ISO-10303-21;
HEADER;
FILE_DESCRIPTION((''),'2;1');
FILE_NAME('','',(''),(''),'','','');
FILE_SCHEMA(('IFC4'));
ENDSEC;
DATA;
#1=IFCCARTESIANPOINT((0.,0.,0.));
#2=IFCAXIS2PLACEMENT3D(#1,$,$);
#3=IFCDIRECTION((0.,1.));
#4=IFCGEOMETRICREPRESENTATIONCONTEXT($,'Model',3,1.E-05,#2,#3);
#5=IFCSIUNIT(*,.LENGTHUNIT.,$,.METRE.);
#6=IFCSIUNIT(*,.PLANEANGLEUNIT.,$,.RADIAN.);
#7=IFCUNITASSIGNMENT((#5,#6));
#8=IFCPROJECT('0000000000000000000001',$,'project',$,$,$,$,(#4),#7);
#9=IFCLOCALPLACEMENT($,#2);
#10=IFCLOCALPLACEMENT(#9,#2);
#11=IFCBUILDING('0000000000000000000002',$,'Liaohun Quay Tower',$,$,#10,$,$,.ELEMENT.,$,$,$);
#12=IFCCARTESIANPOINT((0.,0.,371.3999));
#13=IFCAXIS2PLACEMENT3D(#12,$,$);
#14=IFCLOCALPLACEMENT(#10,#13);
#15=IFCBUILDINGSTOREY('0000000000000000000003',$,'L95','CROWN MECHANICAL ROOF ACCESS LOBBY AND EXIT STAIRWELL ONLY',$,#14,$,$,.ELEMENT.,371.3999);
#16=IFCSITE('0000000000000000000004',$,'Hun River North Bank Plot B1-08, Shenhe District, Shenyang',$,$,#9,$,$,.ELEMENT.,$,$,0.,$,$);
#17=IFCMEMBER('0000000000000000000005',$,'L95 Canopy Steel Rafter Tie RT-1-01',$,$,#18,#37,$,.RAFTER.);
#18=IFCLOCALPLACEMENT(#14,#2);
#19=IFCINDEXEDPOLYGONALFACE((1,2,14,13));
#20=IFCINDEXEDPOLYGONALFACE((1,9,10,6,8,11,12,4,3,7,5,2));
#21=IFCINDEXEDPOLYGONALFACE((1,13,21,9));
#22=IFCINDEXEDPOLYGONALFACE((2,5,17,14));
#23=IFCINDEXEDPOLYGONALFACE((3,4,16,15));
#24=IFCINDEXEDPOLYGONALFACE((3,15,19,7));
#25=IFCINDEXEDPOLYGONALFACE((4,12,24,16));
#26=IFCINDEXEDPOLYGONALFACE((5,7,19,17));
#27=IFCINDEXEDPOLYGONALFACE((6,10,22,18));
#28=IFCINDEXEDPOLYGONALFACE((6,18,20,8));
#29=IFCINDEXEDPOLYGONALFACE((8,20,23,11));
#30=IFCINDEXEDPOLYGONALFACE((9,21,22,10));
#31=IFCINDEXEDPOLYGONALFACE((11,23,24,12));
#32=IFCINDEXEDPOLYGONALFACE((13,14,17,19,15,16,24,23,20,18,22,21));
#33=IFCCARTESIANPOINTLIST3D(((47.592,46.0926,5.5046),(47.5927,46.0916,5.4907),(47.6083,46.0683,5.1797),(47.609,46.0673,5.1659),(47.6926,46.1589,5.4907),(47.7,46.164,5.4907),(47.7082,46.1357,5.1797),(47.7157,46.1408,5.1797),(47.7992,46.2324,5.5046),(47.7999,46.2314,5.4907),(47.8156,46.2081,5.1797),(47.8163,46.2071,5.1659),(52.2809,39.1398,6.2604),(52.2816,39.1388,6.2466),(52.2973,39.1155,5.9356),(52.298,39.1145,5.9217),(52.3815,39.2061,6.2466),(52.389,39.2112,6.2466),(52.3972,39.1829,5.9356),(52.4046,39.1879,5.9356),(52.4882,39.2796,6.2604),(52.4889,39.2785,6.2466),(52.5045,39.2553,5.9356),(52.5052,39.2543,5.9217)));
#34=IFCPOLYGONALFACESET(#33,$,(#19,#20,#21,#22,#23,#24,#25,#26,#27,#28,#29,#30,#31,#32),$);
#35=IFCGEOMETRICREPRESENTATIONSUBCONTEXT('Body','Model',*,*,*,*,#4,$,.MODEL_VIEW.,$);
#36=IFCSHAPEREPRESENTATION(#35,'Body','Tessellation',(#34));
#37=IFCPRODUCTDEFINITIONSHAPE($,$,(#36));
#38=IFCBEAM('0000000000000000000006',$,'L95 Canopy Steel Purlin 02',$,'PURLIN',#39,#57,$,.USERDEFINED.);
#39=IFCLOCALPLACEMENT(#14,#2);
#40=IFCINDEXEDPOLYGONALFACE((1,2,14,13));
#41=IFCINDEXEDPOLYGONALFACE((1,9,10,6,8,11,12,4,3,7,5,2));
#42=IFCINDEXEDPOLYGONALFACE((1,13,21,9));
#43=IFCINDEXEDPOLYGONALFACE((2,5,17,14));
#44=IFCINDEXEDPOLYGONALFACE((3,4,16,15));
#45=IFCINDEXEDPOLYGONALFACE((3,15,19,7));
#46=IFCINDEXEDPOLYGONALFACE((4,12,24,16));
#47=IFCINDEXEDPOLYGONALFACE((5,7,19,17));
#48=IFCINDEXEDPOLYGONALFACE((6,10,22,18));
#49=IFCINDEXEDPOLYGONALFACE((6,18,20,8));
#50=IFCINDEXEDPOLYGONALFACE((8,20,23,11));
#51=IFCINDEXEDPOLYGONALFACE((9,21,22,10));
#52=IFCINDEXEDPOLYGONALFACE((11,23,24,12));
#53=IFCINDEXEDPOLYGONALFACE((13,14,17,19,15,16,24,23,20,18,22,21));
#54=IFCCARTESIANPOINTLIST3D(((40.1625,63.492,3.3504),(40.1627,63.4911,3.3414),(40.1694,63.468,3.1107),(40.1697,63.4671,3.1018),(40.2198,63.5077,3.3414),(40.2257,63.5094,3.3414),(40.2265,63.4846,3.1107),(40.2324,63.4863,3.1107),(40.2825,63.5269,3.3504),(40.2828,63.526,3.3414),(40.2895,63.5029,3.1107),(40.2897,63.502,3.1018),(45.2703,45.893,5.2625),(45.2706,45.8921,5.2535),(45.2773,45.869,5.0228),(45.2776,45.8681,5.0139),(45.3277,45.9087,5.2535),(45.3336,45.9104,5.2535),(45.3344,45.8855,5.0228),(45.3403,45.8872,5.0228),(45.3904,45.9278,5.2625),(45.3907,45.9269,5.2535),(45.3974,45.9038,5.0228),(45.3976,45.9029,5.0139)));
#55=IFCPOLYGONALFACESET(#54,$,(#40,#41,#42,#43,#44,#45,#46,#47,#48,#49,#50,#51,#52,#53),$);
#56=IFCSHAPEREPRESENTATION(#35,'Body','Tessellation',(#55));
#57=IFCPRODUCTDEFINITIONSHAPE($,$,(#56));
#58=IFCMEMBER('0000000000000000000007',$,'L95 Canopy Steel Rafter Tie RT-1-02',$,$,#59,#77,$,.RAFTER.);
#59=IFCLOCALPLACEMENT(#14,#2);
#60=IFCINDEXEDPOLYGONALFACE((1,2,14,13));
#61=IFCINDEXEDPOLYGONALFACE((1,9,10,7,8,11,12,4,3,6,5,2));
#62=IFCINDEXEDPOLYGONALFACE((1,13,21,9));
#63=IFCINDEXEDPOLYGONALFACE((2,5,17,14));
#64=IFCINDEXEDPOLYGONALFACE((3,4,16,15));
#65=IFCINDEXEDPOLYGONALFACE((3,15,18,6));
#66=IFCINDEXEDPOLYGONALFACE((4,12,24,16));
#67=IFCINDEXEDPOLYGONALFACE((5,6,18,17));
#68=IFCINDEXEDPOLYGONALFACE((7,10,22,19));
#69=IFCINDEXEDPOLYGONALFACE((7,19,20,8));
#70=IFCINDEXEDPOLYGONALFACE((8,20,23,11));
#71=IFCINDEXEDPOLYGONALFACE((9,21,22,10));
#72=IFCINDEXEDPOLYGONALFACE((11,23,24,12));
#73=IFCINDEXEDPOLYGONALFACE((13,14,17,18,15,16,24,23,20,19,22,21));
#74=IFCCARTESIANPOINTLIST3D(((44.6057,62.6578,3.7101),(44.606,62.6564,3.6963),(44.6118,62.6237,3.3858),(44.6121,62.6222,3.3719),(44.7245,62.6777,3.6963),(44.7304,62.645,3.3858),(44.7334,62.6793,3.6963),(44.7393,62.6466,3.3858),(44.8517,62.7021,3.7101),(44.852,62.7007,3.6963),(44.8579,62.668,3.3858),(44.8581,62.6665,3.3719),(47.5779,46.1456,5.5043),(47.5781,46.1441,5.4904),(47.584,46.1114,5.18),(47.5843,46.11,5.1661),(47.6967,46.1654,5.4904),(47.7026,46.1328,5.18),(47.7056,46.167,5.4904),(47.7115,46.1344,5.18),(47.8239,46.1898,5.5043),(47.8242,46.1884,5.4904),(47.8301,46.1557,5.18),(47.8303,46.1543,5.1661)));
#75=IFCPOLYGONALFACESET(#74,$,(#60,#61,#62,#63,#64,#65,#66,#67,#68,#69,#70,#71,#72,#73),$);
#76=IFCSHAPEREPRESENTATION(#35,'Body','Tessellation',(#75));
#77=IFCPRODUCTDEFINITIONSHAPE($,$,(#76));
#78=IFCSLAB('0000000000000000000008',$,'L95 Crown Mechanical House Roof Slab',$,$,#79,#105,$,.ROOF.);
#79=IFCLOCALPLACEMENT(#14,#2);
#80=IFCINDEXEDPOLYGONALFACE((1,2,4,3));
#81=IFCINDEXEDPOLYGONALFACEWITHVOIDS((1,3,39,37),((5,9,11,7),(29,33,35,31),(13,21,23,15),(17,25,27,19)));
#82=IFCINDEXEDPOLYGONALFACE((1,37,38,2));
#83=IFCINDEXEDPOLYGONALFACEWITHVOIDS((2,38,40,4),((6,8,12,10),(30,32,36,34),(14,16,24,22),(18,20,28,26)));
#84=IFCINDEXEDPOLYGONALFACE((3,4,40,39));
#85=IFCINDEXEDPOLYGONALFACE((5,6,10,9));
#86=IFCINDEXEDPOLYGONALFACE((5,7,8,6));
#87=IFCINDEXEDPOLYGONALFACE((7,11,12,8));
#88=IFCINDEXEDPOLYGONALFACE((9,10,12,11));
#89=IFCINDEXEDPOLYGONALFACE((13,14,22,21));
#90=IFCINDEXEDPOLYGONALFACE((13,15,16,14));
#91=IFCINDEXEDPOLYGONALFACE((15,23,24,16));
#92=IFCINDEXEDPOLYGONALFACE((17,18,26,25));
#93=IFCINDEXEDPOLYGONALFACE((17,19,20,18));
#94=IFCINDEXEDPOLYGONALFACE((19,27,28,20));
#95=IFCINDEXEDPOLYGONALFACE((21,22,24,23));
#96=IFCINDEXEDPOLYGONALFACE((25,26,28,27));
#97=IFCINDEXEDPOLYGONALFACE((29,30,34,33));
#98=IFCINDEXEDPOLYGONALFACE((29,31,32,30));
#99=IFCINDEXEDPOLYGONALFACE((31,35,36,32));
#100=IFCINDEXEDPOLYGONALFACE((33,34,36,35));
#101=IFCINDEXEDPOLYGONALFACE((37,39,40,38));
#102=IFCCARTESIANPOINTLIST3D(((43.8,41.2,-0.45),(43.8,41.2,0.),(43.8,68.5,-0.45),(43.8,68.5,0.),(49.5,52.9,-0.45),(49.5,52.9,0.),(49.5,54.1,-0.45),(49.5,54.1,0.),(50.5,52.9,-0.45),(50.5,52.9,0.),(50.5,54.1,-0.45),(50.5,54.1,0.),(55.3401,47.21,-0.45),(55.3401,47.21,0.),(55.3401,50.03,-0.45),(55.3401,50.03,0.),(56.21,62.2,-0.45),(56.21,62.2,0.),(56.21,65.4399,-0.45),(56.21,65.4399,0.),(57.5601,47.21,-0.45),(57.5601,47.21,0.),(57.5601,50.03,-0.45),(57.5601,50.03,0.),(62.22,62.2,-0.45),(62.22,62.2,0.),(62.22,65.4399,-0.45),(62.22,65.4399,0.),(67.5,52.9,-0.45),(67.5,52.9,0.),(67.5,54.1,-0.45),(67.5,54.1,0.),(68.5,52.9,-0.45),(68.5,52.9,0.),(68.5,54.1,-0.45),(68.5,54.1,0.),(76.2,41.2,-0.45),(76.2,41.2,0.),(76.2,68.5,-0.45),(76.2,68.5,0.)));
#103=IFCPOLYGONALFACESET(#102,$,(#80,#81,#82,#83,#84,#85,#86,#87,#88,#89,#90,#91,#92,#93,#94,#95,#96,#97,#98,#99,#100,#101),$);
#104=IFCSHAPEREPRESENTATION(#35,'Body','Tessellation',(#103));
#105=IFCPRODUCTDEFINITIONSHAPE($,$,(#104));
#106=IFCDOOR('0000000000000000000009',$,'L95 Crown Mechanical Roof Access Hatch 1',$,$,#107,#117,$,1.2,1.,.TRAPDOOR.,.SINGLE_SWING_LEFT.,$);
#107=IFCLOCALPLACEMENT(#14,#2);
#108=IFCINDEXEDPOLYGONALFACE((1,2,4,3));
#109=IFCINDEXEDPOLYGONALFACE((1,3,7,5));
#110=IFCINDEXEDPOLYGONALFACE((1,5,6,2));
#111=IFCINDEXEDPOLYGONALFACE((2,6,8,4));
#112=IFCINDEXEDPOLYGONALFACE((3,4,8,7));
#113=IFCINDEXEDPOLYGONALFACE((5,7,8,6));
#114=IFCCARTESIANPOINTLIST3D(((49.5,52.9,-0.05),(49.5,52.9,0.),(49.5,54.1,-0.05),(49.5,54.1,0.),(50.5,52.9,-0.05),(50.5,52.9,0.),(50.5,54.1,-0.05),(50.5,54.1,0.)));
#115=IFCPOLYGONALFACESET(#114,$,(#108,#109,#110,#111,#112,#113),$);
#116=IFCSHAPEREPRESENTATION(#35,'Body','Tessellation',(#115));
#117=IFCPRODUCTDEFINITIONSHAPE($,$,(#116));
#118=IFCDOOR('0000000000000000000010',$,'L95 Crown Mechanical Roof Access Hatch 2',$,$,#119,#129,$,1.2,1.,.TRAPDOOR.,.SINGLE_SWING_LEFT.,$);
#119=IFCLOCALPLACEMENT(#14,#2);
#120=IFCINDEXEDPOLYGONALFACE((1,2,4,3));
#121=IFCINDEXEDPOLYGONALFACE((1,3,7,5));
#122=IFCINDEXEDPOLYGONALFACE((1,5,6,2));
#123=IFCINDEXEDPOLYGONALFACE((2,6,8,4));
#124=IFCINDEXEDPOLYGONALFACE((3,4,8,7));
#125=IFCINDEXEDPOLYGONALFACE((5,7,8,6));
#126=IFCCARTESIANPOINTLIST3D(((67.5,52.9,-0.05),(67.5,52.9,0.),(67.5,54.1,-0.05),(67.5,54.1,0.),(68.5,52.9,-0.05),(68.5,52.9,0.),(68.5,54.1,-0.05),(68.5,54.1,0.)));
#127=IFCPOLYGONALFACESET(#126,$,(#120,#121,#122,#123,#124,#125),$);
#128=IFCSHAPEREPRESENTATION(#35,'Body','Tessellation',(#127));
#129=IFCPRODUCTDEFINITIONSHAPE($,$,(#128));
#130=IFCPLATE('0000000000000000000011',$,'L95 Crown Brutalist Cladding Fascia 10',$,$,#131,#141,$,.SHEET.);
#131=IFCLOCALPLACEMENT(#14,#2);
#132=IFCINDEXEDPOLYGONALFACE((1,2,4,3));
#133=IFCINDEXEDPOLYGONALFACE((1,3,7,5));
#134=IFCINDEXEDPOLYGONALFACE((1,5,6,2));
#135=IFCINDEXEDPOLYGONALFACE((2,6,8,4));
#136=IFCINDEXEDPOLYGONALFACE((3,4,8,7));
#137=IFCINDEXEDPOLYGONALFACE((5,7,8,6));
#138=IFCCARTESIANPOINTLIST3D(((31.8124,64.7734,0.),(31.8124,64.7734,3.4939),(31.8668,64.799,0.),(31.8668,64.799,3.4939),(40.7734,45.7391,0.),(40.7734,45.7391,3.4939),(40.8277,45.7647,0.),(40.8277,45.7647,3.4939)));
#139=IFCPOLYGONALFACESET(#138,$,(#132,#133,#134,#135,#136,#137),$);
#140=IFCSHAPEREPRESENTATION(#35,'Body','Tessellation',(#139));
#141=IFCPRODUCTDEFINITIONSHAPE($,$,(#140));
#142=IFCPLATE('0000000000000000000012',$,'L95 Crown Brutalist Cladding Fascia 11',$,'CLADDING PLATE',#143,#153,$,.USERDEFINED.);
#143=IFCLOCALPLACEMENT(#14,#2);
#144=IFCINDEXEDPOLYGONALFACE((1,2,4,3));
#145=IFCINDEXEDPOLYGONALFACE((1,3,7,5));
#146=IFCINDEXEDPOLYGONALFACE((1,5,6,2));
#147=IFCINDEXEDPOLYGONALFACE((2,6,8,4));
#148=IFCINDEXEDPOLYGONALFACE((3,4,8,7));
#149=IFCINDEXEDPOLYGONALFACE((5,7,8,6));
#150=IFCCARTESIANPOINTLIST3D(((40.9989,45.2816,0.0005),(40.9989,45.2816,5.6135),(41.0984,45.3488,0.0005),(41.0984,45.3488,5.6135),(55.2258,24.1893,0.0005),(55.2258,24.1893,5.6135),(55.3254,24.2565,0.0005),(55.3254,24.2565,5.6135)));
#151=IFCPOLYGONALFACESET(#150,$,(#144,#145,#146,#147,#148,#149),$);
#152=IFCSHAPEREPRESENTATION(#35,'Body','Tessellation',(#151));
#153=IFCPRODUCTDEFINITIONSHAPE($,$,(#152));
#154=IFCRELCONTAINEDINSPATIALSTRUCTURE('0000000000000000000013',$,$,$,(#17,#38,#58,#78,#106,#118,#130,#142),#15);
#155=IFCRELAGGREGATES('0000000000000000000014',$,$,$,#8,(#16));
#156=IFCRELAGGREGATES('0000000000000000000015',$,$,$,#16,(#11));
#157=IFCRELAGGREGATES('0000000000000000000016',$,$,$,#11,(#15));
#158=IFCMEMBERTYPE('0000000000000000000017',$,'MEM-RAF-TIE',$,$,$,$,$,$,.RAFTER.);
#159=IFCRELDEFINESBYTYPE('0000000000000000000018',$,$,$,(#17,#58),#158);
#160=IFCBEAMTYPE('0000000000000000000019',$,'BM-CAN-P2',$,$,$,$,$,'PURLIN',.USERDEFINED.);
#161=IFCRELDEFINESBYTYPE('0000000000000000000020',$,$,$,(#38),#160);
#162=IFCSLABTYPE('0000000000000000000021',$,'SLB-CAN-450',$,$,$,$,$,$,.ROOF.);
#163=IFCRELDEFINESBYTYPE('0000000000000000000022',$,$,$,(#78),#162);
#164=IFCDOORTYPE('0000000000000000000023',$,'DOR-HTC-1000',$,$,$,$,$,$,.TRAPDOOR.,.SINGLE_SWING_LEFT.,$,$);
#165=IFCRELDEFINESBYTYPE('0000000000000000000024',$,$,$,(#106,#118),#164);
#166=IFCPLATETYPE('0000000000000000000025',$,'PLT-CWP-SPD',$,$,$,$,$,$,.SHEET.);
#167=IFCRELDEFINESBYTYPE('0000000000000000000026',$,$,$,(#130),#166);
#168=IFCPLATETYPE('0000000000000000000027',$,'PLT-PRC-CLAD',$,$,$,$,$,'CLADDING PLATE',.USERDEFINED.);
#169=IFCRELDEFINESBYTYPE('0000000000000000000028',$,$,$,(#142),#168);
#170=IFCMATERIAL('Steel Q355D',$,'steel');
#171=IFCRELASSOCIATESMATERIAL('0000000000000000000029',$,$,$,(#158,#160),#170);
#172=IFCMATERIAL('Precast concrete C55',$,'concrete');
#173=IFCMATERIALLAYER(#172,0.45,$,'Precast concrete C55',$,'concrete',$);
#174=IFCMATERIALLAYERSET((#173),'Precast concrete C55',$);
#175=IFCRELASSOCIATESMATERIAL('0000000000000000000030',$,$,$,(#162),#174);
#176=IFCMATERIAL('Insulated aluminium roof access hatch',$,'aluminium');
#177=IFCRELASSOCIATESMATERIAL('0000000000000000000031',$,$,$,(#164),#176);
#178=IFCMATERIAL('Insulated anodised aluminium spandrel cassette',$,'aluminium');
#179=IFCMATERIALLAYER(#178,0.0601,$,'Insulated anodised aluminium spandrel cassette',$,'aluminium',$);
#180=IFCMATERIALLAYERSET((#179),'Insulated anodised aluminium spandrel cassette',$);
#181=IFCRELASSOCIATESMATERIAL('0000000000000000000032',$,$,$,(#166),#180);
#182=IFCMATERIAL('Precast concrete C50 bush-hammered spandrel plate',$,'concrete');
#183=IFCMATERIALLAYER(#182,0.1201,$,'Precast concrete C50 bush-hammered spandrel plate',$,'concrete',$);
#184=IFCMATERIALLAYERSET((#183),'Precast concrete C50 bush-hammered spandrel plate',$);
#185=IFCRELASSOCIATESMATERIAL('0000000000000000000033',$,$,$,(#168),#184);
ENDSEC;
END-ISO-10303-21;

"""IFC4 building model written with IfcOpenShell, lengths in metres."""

from ifc_helpers import new_model, si_unit, direction, frame, origin, origin_2d, place, context, subcontext, project, spatial, polyline, rectangle, i_section, outline, extrude, source, transform, mapped, material, layer, layer_set, material_profile, profile_set, type_object, element, fill, save


model = new_model("IFC4")

# Units and contexts
model_context = context("Model", 3, precision=1e-05, world=origin(), true_north=direction((0.0, 1.0)))
body_context = subcontext(model_context, "Body", "Model", "MODEL_VIEW")
ifc_project = project(units=[si_unit("LENGTHUNIT", "METRE"), si_unit("PLANEANGLEUNIT", "RADIAN")], contexts=[model_context])

# Site, building, storey
site_placement = place(None, origin())
site = spatial("IfcSite", under=ifc_project, at=site_placement, Name="Hun River North Bank Plot B1-08, Shenhe District, Shenyang", CompositionType="ELEMENT", RefElevation=0.0)
building_placement = place(site_placement, origin())
building = spatial("IfcBuilding", under=site, at=building_placement, Name="Liaohun Quay Tower", CompositionType="ELEMENT")
storey_placement = place(building_placement, frame((0.0, 0.0, 371.3999)))
storey = spatial("IfcBuildingStorey", under=building, at=storey_placement, Name="L95", Description="CROWN MECHANICAL ROOF ACCESS LOBBY AND EXIT STAIRWELL ONLY", CompositionType="ELEMENT", Elevation=371.3999)

# Shared definitions
ifc_material_1 = material(Name="Steel Q355D", Category="steel")

# Member
ifc_material_profile_1 = material_profile(ifc_material_1, i_section(OverallWidth=0.25, OverallDepth=0.3401, WebThickness=0.009, FlangeThickness=0.0139, at=origin_2d()), Name="HM340x250x9x14")
ifc_profile_set_1 = profile_set([ifc_material_profile_1], Name="Steel Q355D")
member_type_1 = type_object("IfcMemberType", Name="MEM-RAF-TIE", PredefinedType="RAFTER", material=ifc_profile_set_1)
shared_shape_1 = source(origin(), body_context, "Body", "SweptSolid", [
    extrude(i_section(OverallWidth=0.25, OverallDepth=0.3401, WebThickness=0.009, FlangeThickness=0.0139, at=origin_2d()), origin(), (0.0, 0.0, 1.0), 8.4202),
])
member_1_placement = place(storey_placement, frame((52.3931, 39.197, 6.0911), z_axis=(-0.556869, 0.825735, -0.089767), x_axis=(-0.829082, -0.559126, 0.0)))
element("IfcMember", 1, at=member_1_placement, inside=storey, type_object=member_type_1, Name="L95 Canopy Steel Rafter Tie RT-1-01", PredefinedType="RAFTER", context=body_context, shape_type="MappedRepresentation", body=[
    mapped(shared_shape_1, transform((0.0, 0.0, 0.0), x_axis=(1.0, 0.0, 0.0), y_axis=(0.0, 1.0, 0.0), z_axis=(0.0, 0.0, 1.0), scale=1.0)),
])

# Beam
ifc_material_profile_2 = material_profile(ifc_material_1, i_section(OverallWidth=0.125, OverallDepth=0.25, WebThickness=0.0061, FlangeThickness=0.009, at=origin_2d()), Name="HN250x125x6x9")
ifc_profile_set_2 = profile_set([ifc_material_profile_2], Name="Steel Q355D")
beam_type_1 = type_object("IfcBeamType", Name="BM-CAN-P2", ElementType="PURLIN", PredefinedType="USERDEFINED", material=ifc_profile_set_2)
shared_shape_2 = source(origin(), body_context, "Body", "SweptSolid", [
    extrude(i_section(OverallWidth=0.125, OverallDepth=0.25, WebThickness=0.0061, FlangeThickness=0.009, at=origin_2d()), origin(), (0.0, 0.0, 1.0), 18.4248),
])
beam_1_placement = place(storey_placement, frame((45.334, 45.8979, 5.1382), z_axis=(-0.277229, 0.955183, -0.103779), x_axis=(-0.960368, -0.278734, 0.0)))
element("IfcBeam", 2, at=beam_1_placement, inside=storey, type_object=beam_type_1, Name="L95 Canopy Steel Purlin 02", ObjectType="PURLIN", PredefinedType="USERDEFINED", context=body_context, shape_type="MappedRepresentation", body=[
    mapped(shared_shape_2, transform((0.0, 0.0, 0.0), x_axis=(1.0, 0.0, 0.0), y_axis=(0.0, 1.0, 0.0), z_axis=(0.0, 0.0, 1.0), scale=1.0)),
])

# Member
shared_shape_3 = source(origin(), body_context, "Body", "SweptSolid", [
    extrude(i_section(OverallWidth=0.25, OverallDepth=0.3401, WebThickness=0.009, FlangeThickness=0.0139, at=origin_2d()), origin(), (0.0, 0.0, 1.0), 16.8733),
])
member_2_placement = place(storey_placement, frame((47.7041, 46.1499, 5.3352), z_axis=(-0.176147, 0.978604, -0.106333), x_axis=(-0.984184, -0.177151, 0.0)))
element("IfcMember", 3, at=member_2_placement, inside=storey, type_object=member_type_1, Name="L95 Canopy Steel Rafter Tie RT-1-02", PredefinedType="RAFTER", context=body_context, shape_type="MappedRepresentation", body=[
    mapped(shared_shape_3, transform((0.0, 0.0, 0.0), x_axis=(1.0, 0.0, 0.0), y_axis=(0.0, 1.0, 0.0), z_axis=(0.0, 0.0, 1.0), scale=1.0)),
])

# Slab, openings, doors
ifc_material_2 = material(Name="Precast concrete C55", Category="concrete")
ifc_layer_1 = layer(ifc_material_2, 0.45, Name="Precast concrete C55", Category="concrete")
ifc_layer_set_1 = layer_set([ifc_layer_1], Name="Precast concrete C55")
slab_type = type_object("IfcSlabType", Name="SLB-CAN-450", PredefinedType="ROOF", material=ifc_layer_set_1)
slab_1_placement = place(storey_placement, frame((0.0, 0.0, -0.45)))
slab_1 = element("IfcSlab", 4, at=slab_1_placement, inside=storey, type_object=slab_type, Name="L95 Crown Mechanical House Roof Slab", PredefinedType="ROOF", context=body_context, shape_type="SweptSolid", body=[
    extrude(outline(polyline([(43.8, 41.2), (76.2, 41.2), (76.2, 68.5), (43.8, 68.5), (43.8, 41.2)]), holes=[polyline([(55.3401, 47.21), (57.5601, 47.21), (57.5601, 50.03), (55.3401, 50.03), (55.3401, 47.21)]), polyline([(56.21, 62.2), (62.22, 62.2), (62.22, 65.4399), (56.21, 65.4399), (56.21, 62.2)])]), origin(), (0.0, 0.0, 1.0), 0.45),
])
opening_1_placement = place(slab_1_placement, frame((50.0, 53.5, 0.0)))
opening_1 = element("IfcOpeningElement", 5, at=opening_1_placement, cuts=slab_1, PredefinedType="OPENING", context=body_context, shape_type="SweptSolid", body=[
    extrude(rectangle(XDim=1.0, YDim=1.2, at=origin_2d()), origin(), (0.0, 0.0, 1.0), 0.45),
])
opening_2_placement = place(slab_1_placement, frame((68.0, 53.5, 0.0)))
opening_2 = element("IfcOpeningElement", 6, at=opening_2_placement, cuts=slab_1, PredefinedType="OPENING", context=body_context, shape_type="SweptSolid", body=[
    extrude(rectangle(XDim=1.0, YDim=1.2, at=origin_2d()), origin(), (0.0, 0.0, 1.0), 0.45),
])
ifc_material_3 = material(Name="Insulated aluminium roof access hatch", Category="aluminium")
door_type_1 = type_object("IfcDoorType", Name="DOR-HTC-1000", OperationType="SINGLE_SWING_LEFT", PredefinedType="TRAPDOOR", material=ifc_material_3)
door_1_placement = place(opening_1_placement, frame((0.0, 0.0, 0.3999)))
door_1 = element("IfcDoor", 7, at=door_1_placement, inside=storey, type_object=door_type_1, Name="L95 Crown Mechanical Roof Access Hatch 1", OperationType="SINGLE_SWING_LEFT", OverallHeight=1.2, OverallWidth=1.0, PredefinedType="TRAPDOOR", context=body_context, shape_type="SweptSolid", body=[
    extrude(rectangle(XDim=1.0, YDim=1.2, at=origin_2d()), origin(), (0.0, 0.0, 1.0), 0.05),
])
fill(opening_1, door_1)
door_2_placement = place(opening_2_placement, frame((0.0, 0.0, 0.3999)))
door_2 = element("IfcDoor", 8, at=door_2_placement, inside=storey, type_object=door_type_1, Name="L95 Crown Mechanical Roof Access Hatch 2", OperationType="SINGLE_SWING_LEFT", OverallHeight=1.2, OverallWidth=1.0, PredefinedType="TRAPDOOR", context=body_context, shape_type="SweptSolid", body=[
    extrude(rectangle(XDim=1.0, YDim=1.2, at=origin_2d()), origin(), (0.0, 0.0, 1.0), 0.05),
])
fill(opening_2, door_2)

# Plates
ifc_material_4 = material(Name="Insulated anodised aluminium spandrel cassette", Category="aluminium")
ifc_layer_2 = layer(ifc_material_4, 0.0601, Name="Insulated anodised aluminium spandrel cassette", Category="aluminium")
ifc_layer_set_2 = layer_set([ifc_layer_2], Name="Insulated anodised aluminium spandrel cassette")
plate_type_1 = type_object("IfcPlateType", Name="PLT-CWP-SPD", PredefinedType="SHEET", material=ifc_layer_set_2)
shared_shape_4 = source(origin(), body_context, "Body", "SweptSolid", [
    extrude(rectangle(XDim=21.0381, YDim=0.0601, at=origin_2d()), origin(), (0.0, 0.0, 1.0), 3.4939),
])
plate_1_placement = place(storey_placement, frame((36.3201, 55.269, 0.0), z_axis=(0.0, 0.0, 1.0), x_axis=(0.425937, -0.904753, 0.0)))
element("IfcPlate", 9, at=plate_1_placement, inside=storey, type_object=plate_type_1, Name="L95 Crown Brutalist Cladding Fascia 10", PredefinedType="SHEET", context=body_context, shape_type="MappedRepresentation", body=[
    mapped(shared_shape_4, transform((0.0, 0.0, 0.0), x_axis=(1.0, 0.0, 0.0), y_axis=(0.0, 1.0, 0.0), z_axis=(0.0, 0.0, 1.0), scale=1.0)),
])
ifc_material_5 = material(Name="Precast concrete C50 bush-hammered spandrel plate", Category="concrete")
ifc_layer_3 = layer(ifc_material_5, 0.1201, Name="Precast concrete C50 bush-hammered spandrel plate", Category="concrete")
ifc_layer_set_3 = layer_set([ifc_layer_3], Name="Precast concrete C50 bush-hammered spandrel plate")
plate_type_2 = type_object("IfcPlateType", Name="PLT-PRC-CLAD", ElementType="CLADDING PLATE", PredefinedType="USERDEFINED", material=ifc_layer_set_3)
shared_shape_5 = source(origin(), body_context, "Body", "SweptSolid", [
    extrude(rectangle(XDim=25.4419, YDim=0.1201, at=origin_2d()), origin(), (0.0, 0.0, 1.0), 5.613),
])
plate_2_placement = place(storey_placement, frame((48.1621, 34.769, 0.0005), z_axis=(0.0, 0.0, 1.0), x_axis=(0.559193, -0.829038, 0.0)))
element("IfcPlate", 10, at=plate_2_placement, inside=storey, type_object=plate_type_2, Name="L95 Crown Brutalist Cladding Fascia 11", ObjectType="CLADDING PLATE", PredefinedType="USERDEFINED", context=body_context, shape_type="MappedRepresentation", body=[
    mapped(shared_shape_5, transform((0.0, 0.0, 0.0), x_axis=(1.0, 0.0, 0.0), y_axis=(0.0, 1.0, 0.0), z_axis=(0.0, 0.0, 1.0), scale=1.0)),
])

save(model, "model.ifc")
